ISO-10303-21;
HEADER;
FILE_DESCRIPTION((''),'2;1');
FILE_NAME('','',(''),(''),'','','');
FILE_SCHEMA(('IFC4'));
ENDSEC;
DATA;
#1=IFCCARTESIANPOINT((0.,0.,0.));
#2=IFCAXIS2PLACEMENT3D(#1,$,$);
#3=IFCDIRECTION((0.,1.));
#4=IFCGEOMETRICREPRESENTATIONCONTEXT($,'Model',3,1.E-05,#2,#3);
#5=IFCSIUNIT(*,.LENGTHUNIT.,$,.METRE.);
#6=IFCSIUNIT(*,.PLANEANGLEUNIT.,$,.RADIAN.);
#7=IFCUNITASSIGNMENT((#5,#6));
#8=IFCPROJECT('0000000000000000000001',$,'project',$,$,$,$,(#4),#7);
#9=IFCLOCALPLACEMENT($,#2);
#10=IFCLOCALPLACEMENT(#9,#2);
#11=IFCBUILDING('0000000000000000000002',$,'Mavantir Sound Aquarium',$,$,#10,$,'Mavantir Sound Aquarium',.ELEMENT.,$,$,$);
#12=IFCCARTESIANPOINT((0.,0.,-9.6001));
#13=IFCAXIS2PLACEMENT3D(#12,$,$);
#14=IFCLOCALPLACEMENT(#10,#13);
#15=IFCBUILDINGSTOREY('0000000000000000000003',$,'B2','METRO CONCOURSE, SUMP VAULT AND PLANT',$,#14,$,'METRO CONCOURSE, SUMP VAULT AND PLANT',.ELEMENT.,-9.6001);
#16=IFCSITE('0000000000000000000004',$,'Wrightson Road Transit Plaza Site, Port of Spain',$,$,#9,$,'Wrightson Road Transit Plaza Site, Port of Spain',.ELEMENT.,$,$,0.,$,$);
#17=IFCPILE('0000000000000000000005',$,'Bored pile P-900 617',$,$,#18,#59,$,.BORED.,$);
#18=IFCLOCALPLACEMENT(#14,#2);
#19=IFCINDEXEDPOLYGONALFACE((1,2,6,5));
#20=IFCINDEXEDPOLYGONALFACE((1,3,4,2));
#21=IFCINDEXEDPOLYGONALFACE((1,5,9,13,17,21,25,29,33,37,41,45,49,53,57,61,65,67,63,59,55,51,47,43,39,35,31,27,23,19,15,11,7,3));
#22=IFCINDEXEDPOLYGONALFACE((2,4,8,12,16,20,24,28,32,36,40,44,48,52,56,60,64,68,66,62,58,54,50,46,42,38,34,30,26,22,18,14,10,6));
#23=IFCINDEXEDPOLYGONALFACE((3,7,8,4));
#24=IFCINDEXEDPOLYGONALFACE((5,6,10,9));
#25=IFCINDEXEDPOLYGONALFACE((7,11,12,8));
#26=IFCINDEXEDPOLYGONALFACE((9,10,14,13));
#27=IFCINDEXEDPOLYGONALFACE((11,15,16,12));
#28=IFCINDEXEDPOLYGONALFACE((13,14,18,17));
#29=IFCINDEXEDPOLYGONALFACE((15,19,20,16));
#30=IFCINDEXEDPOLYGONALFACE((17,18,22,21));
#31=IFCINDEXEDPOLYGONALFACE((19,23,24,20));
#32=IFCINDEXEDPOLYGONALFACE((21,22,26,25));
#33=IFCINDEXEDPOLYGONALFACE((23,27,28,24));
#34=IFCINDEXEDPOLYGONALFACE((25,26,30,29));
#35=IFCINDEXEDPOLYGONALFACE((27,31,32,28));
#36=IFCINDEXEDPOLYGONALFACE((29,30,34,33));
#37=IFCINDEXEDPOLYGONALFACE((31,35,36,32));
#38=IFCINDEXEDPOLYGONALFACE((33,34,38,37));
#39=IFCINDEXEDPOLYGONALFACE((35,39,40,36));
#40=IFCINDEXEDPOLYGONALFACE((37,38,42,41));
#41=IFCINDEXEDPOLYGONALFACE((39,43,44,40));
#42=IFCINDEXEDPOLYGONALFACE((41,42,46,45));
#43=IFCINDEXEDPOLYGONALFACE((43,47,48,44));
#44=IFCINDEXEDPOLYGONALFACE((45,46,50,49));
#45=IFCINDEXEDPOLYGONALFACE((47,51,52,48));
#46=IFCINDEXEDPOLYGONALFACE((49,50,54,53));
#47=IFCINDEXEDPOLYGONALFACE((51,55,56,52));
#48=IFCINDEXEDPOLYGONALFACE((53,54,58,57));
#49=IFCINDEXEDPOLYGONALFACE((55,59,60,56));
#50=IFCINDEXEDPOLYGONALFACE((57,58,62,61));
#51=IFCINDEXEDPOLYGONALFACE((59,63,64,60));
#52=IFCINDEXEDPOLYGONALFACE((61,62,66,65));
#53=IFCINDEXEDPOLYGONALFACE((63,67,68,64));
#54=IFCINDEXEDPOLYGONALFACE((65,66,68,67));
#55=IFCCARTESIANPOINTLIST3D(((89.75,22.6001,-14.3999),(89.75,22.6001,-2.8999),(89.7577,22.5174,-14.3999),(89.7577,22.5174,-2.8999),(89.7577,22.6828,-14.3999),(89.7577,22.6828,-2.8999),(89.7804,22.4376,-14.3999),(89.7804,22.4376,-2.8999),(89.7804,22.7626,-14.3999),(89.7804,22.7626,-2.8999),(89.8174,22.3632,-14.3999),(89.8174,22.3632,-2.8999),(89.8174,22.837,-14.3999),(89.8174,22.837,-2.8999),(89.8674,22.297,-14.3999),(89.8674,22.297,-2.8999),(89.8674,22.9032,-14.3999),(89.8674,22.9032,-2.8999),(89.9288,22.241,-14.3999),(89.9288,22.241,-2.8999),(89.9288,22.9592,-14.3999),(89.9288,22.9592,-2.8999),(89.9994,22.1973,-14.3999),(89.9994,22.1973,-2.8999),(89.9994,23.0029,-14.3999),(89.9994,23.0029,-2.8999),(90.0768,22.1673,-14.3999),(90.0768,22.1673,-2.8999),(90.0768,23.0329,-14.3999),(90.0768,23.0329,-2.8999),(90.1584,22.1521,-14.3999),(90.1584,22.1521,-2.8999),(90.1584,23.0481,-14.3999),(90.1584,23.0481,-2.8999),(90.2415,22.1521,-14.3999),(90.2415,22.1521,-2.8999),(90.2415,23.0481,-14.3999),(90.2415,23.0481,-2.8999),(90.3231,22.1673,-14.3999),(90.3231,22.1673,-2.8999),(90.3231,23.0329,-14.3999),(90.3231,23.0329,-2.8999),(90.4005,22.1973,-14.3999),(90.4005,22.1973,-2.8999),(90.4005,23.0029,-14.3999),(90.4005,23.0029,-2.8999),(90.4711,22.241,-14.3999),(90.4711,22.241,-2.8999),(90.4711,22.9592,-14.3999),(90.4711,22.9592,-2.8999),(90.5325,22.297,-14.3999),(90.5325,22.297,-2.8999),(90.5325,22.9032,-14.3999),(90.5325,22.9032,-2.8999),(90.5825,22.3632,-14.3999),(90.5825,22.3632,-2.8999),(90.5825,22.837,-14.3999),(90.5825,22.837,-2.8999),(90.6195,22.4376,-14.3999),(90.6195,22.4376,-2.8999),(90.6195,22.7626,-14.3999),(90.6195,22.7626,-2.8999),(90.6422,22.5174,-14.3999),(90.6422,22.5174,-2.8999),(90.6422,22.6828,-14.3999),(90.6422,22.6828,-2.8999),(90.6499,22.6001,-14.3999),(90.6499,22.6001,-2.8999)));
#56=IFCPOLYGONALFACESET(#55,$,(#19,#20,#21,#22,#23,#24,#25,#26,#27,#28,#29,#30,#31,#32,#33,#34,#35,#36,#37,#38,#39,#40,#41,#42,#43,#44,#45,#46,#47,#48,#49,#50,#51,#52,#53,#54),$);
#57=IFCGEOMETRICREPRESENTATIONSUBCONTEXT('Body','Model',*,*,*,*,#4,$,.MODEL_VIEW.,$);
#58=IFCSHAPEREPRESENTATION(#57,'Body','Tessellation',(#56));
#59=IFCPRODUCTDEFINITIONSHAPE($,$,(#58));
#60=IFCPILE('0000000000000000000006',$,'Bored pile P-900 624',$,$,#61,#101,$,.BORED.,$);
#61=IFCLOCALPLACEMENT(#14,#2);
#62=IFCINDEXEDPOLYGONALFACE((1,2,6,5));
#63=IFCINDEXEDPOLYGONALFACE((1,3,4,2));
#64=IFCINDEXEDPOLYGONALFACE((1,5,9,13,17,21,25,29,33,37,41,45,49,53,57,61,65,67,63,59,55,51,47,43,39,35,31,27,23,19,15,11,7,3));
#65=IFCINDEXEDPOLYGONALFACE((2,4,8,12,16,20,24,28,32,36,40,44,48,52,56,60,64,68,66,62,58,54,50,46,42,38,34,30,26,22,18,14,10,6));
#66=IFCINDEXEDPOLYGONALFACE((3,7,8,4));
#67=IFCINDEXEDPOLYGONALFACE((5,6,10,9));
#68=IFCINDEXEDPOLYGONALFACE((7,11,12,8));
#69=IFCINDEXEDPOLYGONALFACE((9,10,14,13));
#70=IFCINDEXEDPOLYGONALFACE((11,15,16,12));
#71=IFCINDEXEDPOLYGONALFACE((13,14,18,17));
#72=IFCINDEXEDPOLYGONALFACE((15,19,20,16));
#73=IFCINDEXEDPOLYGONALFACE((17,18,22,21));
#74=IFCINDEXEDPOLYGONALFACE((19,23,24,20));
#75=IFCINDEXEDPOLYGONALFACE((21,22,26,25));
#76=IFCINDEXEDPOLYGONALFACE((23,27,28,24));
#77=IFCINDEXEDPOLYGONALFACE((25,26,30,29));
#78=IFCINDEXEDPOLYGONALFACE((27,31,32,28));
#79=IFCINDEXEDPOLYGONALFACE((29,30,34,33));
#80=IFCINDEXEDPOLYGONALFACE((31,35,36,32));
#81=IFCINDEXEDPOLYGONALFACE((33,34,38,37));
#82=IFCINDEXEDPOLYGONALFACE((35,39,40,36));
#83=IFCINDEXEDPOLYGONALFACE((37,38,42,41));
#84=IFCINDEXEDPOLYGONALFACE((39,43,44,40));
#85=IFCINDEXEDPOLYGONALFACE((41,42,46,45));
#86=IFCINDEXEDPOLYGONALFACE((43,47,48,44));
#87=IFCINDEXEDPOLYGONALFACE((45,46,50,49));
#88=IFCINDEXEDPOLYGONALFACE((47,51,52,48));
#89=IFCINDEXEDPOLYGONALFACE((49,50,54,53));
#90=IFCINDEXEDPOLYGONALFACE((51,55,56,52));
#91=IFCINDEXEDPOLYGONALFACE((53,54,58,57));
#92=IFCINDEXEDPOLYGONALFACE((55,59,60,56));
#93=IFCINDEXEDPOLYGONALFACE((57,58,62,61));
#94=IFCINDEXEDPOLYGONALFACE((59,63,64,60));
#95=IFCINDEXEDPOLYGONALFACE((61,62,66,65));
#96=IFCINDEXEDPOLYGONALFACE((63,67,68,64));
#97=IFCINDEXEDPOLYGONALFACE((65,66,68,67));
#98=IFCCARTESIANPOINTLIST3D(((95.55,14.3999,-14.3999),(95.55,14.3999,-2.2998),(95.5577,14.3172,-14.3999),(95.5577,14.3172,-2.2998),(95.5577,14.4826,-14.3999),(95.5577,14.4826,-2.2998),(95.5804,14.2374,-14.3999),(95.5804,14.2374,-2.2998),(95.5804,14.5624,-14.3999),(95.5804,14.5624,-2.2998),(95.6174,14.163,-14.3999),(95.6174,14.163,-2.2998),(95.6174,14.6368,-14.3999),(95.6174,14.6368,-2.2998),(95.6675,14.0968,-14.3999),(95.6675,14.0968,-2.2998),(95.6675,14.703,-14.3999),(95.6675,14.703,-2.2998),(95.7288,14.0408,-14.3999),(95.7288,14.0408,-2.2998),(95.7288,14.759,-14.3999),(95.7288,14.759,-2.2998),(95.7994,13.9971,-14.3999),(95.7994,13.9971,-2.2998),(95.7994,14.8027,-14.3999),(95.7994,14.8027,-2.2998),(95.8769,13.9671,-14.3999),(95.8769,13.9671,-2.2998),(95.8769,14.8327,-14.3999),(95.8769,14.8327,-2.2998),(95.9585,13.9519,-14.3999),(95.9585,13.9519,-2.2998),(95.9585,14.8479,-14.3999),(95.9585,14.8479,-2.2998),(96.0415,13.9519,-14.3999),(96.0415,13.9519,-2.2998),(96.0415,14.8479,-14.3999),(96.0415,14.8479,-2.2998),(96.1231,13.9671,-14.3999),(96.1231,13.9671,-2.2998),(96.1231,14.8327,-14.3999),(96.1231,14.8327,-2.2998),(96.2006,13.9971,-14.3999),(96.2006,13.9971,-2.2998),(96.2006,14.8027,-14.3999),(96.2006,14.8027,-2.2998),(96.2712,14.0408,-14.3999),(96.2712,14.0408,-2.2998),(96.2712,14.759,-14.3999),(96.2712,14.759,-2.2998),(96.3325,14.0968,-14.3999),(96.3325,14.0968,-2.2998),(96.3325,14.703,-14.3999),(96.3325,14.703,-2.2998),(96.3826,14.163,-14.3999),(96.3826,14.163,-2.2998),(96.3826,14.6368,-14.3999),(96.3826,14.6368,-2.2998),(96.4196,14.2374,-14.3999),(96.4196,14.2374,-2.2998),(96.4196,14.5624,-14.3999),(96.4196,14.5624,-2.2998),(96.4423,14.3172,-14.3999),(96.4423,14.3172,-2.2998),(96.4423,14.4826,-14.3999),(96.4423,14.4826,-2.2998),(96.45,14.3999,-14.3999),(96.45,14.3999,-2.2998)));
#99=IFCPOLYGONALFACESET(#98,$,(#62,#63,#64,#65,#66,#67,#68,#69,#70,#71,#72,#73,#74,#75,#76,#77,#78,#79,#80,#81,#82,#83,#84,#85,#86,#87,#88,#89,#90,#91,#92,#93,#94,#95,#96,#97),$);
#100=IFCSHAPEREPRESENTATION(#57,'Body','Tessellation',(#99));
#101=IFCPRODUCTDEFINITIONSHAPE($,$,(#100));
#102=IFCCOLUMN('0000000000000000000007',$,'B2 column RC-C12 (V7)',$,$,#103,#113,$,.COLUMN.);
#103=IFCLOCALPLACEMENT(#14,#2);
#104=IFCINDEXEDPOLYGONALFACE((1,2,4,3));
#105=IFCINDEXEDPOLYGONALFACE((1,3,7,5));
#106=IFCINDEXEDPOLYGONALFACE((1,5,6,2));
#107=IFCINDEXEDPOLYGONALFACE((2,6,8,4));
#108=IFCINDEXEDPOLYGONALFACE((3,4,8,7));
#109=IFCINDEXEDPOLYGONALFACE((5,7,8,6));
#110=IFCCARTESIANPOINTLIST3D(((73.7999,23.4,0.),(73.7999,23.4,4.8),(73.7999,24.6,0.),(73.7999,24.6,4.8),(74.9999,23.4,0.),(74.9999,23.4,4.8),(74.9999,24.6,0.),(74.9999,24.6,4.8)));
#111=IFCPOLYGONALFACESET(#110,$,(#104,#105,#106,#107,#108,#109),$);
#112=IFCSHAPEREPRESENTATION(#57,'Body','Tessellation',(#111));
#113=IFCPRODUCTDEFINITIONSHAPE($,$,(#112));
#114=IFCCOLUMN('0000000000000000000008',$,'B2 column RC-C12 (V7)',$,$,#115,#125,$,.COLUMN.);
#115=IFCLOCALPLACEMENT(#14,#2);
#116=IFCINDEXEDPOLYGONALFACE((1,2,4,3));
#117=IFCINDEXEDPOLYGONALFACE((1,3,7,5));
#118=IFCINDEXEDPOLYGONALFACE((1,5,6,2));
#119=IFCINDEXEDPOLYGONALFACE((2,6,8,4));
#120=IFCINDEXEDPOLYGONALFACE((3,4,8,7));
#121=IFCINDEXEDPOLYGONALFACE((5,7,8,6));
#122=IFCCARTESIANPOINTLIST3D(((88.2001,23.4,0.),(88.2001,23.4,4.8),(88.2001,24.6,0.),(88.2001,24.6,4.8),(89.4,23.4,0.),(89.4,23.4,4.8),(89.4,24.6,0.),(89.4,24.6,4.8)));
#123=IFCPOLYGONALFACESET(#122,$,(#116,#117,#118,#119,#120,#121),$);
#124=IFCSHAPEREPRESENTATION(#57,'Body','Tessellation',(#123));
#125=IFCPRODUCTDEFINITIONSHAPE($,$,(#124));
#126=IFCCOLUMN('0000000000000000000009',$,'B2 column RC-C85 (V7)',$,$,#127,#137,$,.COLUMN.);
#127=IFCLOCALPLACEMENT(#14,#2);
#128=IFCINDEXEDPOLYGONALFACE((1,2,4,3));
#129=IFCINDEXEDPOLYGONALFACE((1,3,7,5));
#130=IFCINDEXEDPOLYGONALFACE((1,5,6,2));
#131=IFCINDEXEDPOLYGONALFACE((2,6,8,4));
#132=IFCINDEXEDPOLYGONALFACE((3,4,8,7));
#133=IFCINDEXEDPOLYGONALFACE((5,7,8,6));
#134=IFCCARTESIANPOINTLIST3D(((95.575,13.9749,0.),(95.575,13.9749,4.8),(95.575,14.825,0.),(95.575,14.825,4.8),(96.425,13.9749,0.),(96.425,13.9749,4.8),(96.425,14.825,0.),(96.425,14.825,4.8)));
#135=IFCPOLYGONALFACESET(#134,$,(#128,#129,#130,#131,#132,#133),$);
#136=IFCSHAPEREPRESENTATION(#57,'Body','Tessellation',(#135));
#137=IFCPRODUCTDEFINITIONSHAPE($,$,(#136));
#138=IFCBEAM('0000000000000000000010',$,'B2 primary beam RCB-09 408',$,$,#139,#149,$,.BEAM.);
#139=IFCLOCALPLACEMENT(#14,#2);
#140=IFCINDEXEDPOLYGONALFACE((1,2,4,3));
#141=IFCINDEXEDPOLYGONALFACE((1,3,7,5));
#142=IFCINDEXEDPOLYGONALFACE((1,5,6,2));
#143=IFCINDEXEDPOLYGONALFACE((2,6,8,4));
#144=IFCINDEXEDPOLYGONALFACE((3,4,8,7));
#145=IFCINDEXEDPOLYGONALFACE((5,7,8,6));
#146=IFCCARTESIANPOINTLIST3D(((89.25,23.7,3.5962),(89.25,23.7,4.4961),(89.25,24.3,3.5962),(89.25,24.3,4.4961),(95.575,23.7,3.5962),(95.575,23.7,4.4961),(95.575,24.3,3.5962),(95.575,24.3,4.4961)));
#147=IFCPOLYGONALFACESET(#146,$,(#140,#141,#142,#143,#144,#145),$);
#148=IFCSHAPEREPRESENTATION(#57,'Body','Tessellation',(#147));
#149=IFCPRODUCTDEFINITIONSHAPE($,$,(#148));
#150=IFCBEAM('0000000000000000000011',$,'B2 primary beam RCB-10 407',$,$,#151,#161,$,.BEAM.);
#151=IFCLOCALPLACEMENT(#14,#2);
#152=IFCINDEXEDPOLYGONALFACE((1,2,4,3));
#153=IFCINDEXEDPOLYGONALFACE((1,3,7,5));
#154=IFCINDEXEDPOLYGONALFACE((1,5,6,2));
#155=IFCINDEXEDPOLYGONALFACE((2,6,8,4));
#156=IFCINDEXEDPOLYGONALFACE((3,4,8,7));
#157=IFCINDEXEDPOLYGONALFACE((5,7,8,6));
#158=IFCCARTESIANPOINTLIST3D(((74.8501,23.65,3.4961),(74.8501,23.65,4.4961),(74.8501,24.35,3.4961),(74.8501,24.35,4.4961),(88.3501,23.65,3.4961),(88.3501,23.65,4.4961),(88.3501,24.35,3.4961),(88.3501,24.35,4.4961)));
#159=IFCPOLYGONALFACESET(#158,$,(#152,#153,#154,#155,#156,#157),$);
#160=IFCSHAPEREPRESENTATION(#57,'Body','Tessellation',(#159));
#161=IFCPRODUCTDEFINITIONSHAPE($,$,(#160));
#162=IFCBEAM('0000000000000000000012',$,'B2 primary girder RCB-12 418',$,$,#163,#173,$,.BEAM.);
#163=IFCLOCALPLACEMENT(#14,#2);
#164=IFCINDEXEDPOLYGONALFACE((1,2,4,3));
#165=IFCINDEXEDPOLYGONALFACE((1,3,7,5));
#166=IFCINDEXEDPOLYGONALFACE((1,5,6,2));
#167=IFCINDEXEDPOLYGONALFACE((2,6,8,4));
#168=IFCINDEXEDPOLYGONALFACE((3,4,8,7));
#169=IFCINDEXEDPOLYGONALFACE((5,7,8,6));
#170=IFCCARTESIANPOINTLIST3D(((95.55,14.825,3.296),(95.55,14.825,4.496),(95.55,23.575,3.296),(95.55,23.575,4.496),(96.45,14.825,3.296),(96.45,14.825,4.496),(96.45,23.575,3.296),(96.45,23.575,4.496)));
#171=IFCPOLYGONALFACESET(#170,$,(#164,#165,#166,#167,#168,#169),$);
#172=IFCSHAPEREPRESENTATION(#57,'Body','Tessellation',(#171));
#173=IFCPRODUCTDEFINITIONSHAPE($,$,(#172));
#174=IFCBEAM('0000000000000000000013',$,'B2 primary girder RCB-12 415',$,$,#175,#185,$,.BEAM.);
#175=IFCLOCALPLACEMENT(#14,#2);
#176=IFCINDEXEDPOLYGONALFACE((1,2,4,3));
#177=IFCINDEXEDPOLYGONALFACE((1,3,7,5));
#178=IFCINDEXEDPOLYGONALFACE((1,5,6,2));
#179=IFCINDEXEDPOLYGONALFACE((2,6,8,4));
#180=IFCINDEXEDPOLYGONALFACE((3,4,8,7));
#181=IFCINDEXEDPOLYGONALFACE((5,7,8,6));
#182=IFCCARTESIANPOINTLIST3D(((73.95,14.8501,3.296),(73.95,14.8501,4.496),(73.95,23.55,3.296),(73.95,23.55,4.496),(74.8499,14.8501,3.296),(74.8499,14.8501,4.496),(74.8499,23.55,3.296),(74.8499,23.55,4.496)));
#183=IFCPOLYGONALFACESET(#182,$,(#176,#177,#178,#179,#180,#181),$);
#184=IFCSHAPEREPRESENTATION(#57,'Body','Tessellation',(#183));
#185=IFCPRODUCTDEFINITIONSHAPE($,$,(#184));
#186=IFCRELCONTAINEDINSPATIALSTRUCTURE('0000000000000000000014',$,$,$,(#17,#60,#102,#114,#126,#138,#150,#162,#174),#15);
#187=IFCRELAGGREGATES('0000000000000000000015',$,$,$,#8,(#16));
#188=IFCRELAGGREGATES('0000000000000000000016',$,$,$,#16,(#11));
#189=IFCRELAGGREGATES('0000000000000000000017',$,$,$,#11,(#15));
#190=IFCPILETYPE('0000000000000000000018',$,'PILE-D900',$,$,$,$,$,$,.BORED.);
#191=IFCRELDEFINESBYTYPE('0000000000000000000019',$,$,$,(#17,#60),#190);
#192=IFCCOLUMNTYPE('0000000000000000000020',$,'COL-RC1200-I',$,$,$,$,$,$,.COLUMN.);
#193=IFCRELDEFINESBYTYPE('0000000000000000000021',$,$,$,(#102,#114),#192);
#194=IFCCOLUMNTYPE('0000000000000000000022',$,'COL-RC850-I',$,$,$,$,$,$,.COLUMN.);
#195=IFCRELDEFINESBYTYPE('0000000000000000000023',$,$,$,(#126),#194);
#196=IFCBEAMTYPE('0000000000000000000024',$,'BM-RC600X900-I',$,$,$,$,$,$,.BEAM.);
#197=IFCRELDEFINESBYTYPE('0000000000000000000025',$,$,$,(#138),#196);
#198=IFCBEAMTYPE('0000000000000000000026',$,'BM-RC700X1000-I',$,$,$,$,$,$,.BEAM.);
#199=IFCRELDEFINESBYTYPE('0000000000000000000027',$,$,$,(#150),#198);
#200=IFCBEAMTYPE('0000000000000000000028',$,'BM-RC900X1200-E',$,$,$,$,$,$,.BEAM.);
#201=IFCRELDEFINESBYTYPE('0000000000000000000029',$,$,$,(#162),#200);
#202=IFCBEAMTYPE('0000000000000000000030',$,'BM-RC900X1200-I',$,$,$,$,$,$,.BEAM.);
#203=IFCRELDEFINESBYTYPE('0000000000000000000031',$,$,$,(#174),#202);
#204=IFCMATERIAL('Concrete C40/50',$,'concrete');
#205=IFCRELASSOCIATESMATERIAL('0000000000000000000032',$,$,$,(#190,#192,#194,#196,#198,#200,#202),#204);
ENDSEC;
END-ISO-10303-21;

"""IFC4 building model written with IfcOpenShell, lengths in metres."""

from ifc_helpers import new_model, si_unit, direction, frame, origin, origin_2d, place, context, subcontext, project, spatial, rectangle, circle, extrude, material, material_profile, profile_set, type_object, element, save


model = new_model("IFC4")

# Units and contexts
model_context = context("Model", 3, precision=1e-05, world=origin(), true_north=direction((0.0, 1.0)))
body_context = subcontext(model_context, "Body", "Model", "MODEL_VIEW")
ifc_project = project(units=[si_unit("LENGTHUNIT", "METRE"), si_unit("PLANEANGLEUNIT", "RADIAN")], contexts=[model_context])

# Site, building, storey
site_placement = place(None, origin())
site = spatial("IfcSite", under=ifc_project, at=site_placement, Name="Wrightson Road Transit Plaza Site, Port of Spain", LongName="Wrightson Road Transit Plaza Site, Port of Spain", CompositionType="ELEMENT", RefElevation=0.0)
building_placement = place(site_placement, origin())
building = spatial("IfcBuilding", under=site, at=building_placement, Name="Mavantir Sound Aquarium", LongName="Mavantir Sound Aquarium", CompositionType="ELEMENT")
storey_placement = place(building_placement, frame((0.0, 0.0, -9.6001)))
storey = spatial("IfcBuildingStorey", under=building, at=storey_placement, Name="B2", Description="METRO CONCOURSE, SUMP VAULT AND PLANT", LongName="METRO CONCOURSE, SUMP VAULT AND PLANT", CompositionType="ELEMENT", Elevation=-9.6001)

# Shared definitions
ifc_material_1 = material(Name="Concrete C40/50", Category="concrete")

# Piles
ifc_material_profile_1 = material_profile(ifc_material_1, circle(Radius=0.45, at=origin_2d()), Name="PILE D900")
ifc_profile_set_1 = profile_set([ifc_material_profile_1], Name="Concrete C40/50")
pile_type = type_object("IfcPileType", Name="PILE-D900", PredefinedType="BORED", material=ifc_profile_set_1)
for number, where, z_axis, x_axis, name in (
    (1, (90.2, 22.6001, -2.8999), (0.0, 0.0, -1.0), (1.0, 0.0, 0.0), "Bored pile P-900 617"),
):
    element("IfcPile", number, at=place(storey_placement, frame(where, z_axis=z_axis, x_axis=x_axis)), inside=storey, type_object=pile_type, Name=name, PredefinedType="BORED", context=body_context, shape_type="SweptSolid", body=[
        extrude(circle(Radius=0.45, at=origin_2d()), origin(), (0.0, 0.0, 1.0), 11.5),
    ])
pile_placement = place(storey_placement, frame((96.0, 14.3999, -2.2998), z_axis=(0.0, 0.0, -1.0), x_axis=(1.0, 0.0, 0.0)))
element("IfcPile", 2, at=pile_placement, inside=storey, type_object=pile_type, Name="Bored pile P-900 624", PredefinedType="BORED", context=body_context, shape_type="SweptSolid", body=[
    extrude(circle(Radius=0.45, at=origin_2d()), origin(), (0.0, 0.0, 1.0), 12.1001),
])

# Columns
ifc_material_profile_2 = material_profile(ifc_material_1, rectangle(XDim=1.2, YDim=1.2, at=origin_2d()), Name="RC 1200X1200")
ifc_profile_set_2 = profile_set([ifc_material_profile_2], Name="Concrete C40/50")
column_type_1 = type_object("IfcColumnType", Name="COL-RC1200-I", PredefinedType="COLUMN", material=ifc_profile_set_2)
for number, where, z_axis, x_axis, name in (
    (3, (74.3999, 24.0, 0.0), (0.0, 0.0, 1.0), (1.0, 0.0, 0.0), "B2 column RC-C12 (V7)"),
    (4, (88.8, 24.0, 0.0), (0.0, 0.0, 1.0), (1.0, 0.0, 0.0), "B2 column RC-C12 (V7)"),
):
    element("IfcColumn", number, at=place(storey_placement, frame(where, z_axis=z_axis, x_axis=x_axis)), inside=storey, type_object=column_type_1, Name=name, PredefinedType="COLUMN", context=body_context, shape_type="SweptSolid", body=[
        extrude(rectangle(XDim=1.2, YDim=1.2, at=origin_2d()), origin(), (0.0, 0.0, 1.0), 4.8),
    ])
ifc_material_profile_3 = material_profile(ifc_material_1, rectangle(XDim=0.8501, YDim=0.8501, at=origin_2d()), Name="RC 850X850")
ifc_profile_set_3 = profile_set([ifc_material_profile_3], Name="Concrete C40/50")
column_type_2 = type_object("IfcColumnType", Name="COL-RC850-I", PredefinedType="COLUMN", material=ifc_profile_set_3)
column_placement = place(storey_placement, frame((96.0, 14.3999, 0.0), z_axis=(0.0, 0.0, 1.0), x_axis=(1.0, 0.0, 0.0)))
element("IfcColumn", 5, at=column_placement, inside=storey, type_object=column_type_2, Name="B2 column RC-C85 (V7)", PredefinedType="COLUMN", context=body_context, shape_type="SweptSolid", body=[
    extrude(rectangle(XDim=0.8501, YDim=0.8501, at=origin_2d()), origin(), (0.0, 0.0, 1.0), 4.8),
])

# Beams
ifc_material_profile_4 = material_profile(ifc_material_1, rectangle(XDim=0.6001, YDim=0.8999, at=origin_2d()), Name="RC 600X900")
ifc_profile_set_4 = profile_set([ifc_material_profile_4], Name="Concrete C40/50")
beam_type_1 = type_object("IfcBeamType", Name="BM-RC600X900-I", PredefinedType="BEAM", material=ifc_profile_set_4)
beam_1_placement = place(storey_placement, frame((89.25, 24.0, 4.0461), z_axis=(1.0, 0.0, 0.0), x_axis=(0.0, 1.0, 0.0)))
element("IfcBeam", 6, at=beam_1_placement, inside=storey, type_object=beam_type_1, Name="B2 primary beam RCB-09 408", PredefinedType="BEAM", context=body_context, shape_type="SweptSolid", body=[
    extrude(rectangle(XDim=0.6001, YDim=0.8999, at=origin_2d()), origin(), (0.0, 0.0, 1.0), 6.325),
])
ifc_material_profile_5 = material_profile(ifc_material_1, rectangle(XDim=0.7, YDim=1.0, at=origin_2d()), Name="RC 700X1000")
ifc_profile_set_5 = profile_set([ifc_material_profile_5], Name="Concrete C40/50")
beam_type_2 = type_object("IfcBeamType", Name="BM-RC700X1000-I", PredefinedType="BEAM", material=ifc_profile_set_5)
beam_2_placement = place(storey_placement, frame((74.8501, 24.0, 3.9961), z_axis=(1.0, 0.0, 0.0), x_axis=(0.0, 1.0, 0.0)))
element("IfcBeam", 7, at=beam_2_placement, inside=storey, type_object=beam_type_2, Name="B2 primary beam RCB-10 407", PredefinedType="BEAM", context=body_context, shape_type="SweptSolid", body=[
    extrude(rectangle(XDim=0.7, YDim=1.0, at=origin_2d()), origin(), (0.0, 0.0, 1.0), 13.5),
])
ifc_material_profile_6 = material_profile(ifc_material_1, rectangle(XDim=0.8999, YDim=1.2, at=origin_2d()), Name="RC 900X1200")
ifc_profile_set_6 = profile_set([ifc_material_profile_6], Name="Concrete C40/50")
beam_type_3 = type_object("IfcBeamType", Name="BM-RC900X1200-E", PredefinedType="BEAM", material=ifc_profile_set_6)
beam_3_placement = place(storey_placement, frame((96.0, 14.825, 3.896), z_axis=(0.0, 1.0, 0.0), x_axis=(-1.0, 0.0, 0.0)))
element("IfcBeam", 8, at=beam_3_placement, inside=storey, type_object=beam_type_3, Name="B2 primary girder RCB-12 418", PredefinedType="BEAM", context=body_context, shape_type="SweptSolid", body=[
    extrude(rectangle(XDim=0.8999, YDim=1.2, at=origin_2d()), origin(), (0.0, 0.0, 1.0), 8.75),
])
ifc_material_profile_7 = material_profile(ifc_material_1, rectangle(XDim=0.8999, YDim=1.2, at=origin_2d()), Name="RC 900X1200")
ifc_profile_set_7 = profile_set([ifc_material_profile_7], Name="Concrete C40/50")
beam_type_4 = type_object("IfcBeamType", Name="BM-RC900X1200-I", PredefinedType="BEAM", material=ifc_profile_set_7)
for number, where, z_axis, x_axis, name in (
    (9, (74.3999, 14.8501, 3.896), (0.0, 1.0, 0.0), (-1.0, 0.0, 0.0), "B2 primary girder RCB-12 415"),
):
    element("IfcBeam", number, at=place(storey_placement, frame(where, z_axis=z_axis, x_axis=x_axis)), inside=storey, type_object=beam_type_4, Name=name, PredefinedType="BEAM", context=body_context, shape_type="SweptSolid", body=[
        extrude(rectangle(XDim=0.8999, YDim=1.2, at=origin_2d()), origin(), (0.0, 0.0, 1.0), 8.7),
    ])

save(model, "model.ifc")
